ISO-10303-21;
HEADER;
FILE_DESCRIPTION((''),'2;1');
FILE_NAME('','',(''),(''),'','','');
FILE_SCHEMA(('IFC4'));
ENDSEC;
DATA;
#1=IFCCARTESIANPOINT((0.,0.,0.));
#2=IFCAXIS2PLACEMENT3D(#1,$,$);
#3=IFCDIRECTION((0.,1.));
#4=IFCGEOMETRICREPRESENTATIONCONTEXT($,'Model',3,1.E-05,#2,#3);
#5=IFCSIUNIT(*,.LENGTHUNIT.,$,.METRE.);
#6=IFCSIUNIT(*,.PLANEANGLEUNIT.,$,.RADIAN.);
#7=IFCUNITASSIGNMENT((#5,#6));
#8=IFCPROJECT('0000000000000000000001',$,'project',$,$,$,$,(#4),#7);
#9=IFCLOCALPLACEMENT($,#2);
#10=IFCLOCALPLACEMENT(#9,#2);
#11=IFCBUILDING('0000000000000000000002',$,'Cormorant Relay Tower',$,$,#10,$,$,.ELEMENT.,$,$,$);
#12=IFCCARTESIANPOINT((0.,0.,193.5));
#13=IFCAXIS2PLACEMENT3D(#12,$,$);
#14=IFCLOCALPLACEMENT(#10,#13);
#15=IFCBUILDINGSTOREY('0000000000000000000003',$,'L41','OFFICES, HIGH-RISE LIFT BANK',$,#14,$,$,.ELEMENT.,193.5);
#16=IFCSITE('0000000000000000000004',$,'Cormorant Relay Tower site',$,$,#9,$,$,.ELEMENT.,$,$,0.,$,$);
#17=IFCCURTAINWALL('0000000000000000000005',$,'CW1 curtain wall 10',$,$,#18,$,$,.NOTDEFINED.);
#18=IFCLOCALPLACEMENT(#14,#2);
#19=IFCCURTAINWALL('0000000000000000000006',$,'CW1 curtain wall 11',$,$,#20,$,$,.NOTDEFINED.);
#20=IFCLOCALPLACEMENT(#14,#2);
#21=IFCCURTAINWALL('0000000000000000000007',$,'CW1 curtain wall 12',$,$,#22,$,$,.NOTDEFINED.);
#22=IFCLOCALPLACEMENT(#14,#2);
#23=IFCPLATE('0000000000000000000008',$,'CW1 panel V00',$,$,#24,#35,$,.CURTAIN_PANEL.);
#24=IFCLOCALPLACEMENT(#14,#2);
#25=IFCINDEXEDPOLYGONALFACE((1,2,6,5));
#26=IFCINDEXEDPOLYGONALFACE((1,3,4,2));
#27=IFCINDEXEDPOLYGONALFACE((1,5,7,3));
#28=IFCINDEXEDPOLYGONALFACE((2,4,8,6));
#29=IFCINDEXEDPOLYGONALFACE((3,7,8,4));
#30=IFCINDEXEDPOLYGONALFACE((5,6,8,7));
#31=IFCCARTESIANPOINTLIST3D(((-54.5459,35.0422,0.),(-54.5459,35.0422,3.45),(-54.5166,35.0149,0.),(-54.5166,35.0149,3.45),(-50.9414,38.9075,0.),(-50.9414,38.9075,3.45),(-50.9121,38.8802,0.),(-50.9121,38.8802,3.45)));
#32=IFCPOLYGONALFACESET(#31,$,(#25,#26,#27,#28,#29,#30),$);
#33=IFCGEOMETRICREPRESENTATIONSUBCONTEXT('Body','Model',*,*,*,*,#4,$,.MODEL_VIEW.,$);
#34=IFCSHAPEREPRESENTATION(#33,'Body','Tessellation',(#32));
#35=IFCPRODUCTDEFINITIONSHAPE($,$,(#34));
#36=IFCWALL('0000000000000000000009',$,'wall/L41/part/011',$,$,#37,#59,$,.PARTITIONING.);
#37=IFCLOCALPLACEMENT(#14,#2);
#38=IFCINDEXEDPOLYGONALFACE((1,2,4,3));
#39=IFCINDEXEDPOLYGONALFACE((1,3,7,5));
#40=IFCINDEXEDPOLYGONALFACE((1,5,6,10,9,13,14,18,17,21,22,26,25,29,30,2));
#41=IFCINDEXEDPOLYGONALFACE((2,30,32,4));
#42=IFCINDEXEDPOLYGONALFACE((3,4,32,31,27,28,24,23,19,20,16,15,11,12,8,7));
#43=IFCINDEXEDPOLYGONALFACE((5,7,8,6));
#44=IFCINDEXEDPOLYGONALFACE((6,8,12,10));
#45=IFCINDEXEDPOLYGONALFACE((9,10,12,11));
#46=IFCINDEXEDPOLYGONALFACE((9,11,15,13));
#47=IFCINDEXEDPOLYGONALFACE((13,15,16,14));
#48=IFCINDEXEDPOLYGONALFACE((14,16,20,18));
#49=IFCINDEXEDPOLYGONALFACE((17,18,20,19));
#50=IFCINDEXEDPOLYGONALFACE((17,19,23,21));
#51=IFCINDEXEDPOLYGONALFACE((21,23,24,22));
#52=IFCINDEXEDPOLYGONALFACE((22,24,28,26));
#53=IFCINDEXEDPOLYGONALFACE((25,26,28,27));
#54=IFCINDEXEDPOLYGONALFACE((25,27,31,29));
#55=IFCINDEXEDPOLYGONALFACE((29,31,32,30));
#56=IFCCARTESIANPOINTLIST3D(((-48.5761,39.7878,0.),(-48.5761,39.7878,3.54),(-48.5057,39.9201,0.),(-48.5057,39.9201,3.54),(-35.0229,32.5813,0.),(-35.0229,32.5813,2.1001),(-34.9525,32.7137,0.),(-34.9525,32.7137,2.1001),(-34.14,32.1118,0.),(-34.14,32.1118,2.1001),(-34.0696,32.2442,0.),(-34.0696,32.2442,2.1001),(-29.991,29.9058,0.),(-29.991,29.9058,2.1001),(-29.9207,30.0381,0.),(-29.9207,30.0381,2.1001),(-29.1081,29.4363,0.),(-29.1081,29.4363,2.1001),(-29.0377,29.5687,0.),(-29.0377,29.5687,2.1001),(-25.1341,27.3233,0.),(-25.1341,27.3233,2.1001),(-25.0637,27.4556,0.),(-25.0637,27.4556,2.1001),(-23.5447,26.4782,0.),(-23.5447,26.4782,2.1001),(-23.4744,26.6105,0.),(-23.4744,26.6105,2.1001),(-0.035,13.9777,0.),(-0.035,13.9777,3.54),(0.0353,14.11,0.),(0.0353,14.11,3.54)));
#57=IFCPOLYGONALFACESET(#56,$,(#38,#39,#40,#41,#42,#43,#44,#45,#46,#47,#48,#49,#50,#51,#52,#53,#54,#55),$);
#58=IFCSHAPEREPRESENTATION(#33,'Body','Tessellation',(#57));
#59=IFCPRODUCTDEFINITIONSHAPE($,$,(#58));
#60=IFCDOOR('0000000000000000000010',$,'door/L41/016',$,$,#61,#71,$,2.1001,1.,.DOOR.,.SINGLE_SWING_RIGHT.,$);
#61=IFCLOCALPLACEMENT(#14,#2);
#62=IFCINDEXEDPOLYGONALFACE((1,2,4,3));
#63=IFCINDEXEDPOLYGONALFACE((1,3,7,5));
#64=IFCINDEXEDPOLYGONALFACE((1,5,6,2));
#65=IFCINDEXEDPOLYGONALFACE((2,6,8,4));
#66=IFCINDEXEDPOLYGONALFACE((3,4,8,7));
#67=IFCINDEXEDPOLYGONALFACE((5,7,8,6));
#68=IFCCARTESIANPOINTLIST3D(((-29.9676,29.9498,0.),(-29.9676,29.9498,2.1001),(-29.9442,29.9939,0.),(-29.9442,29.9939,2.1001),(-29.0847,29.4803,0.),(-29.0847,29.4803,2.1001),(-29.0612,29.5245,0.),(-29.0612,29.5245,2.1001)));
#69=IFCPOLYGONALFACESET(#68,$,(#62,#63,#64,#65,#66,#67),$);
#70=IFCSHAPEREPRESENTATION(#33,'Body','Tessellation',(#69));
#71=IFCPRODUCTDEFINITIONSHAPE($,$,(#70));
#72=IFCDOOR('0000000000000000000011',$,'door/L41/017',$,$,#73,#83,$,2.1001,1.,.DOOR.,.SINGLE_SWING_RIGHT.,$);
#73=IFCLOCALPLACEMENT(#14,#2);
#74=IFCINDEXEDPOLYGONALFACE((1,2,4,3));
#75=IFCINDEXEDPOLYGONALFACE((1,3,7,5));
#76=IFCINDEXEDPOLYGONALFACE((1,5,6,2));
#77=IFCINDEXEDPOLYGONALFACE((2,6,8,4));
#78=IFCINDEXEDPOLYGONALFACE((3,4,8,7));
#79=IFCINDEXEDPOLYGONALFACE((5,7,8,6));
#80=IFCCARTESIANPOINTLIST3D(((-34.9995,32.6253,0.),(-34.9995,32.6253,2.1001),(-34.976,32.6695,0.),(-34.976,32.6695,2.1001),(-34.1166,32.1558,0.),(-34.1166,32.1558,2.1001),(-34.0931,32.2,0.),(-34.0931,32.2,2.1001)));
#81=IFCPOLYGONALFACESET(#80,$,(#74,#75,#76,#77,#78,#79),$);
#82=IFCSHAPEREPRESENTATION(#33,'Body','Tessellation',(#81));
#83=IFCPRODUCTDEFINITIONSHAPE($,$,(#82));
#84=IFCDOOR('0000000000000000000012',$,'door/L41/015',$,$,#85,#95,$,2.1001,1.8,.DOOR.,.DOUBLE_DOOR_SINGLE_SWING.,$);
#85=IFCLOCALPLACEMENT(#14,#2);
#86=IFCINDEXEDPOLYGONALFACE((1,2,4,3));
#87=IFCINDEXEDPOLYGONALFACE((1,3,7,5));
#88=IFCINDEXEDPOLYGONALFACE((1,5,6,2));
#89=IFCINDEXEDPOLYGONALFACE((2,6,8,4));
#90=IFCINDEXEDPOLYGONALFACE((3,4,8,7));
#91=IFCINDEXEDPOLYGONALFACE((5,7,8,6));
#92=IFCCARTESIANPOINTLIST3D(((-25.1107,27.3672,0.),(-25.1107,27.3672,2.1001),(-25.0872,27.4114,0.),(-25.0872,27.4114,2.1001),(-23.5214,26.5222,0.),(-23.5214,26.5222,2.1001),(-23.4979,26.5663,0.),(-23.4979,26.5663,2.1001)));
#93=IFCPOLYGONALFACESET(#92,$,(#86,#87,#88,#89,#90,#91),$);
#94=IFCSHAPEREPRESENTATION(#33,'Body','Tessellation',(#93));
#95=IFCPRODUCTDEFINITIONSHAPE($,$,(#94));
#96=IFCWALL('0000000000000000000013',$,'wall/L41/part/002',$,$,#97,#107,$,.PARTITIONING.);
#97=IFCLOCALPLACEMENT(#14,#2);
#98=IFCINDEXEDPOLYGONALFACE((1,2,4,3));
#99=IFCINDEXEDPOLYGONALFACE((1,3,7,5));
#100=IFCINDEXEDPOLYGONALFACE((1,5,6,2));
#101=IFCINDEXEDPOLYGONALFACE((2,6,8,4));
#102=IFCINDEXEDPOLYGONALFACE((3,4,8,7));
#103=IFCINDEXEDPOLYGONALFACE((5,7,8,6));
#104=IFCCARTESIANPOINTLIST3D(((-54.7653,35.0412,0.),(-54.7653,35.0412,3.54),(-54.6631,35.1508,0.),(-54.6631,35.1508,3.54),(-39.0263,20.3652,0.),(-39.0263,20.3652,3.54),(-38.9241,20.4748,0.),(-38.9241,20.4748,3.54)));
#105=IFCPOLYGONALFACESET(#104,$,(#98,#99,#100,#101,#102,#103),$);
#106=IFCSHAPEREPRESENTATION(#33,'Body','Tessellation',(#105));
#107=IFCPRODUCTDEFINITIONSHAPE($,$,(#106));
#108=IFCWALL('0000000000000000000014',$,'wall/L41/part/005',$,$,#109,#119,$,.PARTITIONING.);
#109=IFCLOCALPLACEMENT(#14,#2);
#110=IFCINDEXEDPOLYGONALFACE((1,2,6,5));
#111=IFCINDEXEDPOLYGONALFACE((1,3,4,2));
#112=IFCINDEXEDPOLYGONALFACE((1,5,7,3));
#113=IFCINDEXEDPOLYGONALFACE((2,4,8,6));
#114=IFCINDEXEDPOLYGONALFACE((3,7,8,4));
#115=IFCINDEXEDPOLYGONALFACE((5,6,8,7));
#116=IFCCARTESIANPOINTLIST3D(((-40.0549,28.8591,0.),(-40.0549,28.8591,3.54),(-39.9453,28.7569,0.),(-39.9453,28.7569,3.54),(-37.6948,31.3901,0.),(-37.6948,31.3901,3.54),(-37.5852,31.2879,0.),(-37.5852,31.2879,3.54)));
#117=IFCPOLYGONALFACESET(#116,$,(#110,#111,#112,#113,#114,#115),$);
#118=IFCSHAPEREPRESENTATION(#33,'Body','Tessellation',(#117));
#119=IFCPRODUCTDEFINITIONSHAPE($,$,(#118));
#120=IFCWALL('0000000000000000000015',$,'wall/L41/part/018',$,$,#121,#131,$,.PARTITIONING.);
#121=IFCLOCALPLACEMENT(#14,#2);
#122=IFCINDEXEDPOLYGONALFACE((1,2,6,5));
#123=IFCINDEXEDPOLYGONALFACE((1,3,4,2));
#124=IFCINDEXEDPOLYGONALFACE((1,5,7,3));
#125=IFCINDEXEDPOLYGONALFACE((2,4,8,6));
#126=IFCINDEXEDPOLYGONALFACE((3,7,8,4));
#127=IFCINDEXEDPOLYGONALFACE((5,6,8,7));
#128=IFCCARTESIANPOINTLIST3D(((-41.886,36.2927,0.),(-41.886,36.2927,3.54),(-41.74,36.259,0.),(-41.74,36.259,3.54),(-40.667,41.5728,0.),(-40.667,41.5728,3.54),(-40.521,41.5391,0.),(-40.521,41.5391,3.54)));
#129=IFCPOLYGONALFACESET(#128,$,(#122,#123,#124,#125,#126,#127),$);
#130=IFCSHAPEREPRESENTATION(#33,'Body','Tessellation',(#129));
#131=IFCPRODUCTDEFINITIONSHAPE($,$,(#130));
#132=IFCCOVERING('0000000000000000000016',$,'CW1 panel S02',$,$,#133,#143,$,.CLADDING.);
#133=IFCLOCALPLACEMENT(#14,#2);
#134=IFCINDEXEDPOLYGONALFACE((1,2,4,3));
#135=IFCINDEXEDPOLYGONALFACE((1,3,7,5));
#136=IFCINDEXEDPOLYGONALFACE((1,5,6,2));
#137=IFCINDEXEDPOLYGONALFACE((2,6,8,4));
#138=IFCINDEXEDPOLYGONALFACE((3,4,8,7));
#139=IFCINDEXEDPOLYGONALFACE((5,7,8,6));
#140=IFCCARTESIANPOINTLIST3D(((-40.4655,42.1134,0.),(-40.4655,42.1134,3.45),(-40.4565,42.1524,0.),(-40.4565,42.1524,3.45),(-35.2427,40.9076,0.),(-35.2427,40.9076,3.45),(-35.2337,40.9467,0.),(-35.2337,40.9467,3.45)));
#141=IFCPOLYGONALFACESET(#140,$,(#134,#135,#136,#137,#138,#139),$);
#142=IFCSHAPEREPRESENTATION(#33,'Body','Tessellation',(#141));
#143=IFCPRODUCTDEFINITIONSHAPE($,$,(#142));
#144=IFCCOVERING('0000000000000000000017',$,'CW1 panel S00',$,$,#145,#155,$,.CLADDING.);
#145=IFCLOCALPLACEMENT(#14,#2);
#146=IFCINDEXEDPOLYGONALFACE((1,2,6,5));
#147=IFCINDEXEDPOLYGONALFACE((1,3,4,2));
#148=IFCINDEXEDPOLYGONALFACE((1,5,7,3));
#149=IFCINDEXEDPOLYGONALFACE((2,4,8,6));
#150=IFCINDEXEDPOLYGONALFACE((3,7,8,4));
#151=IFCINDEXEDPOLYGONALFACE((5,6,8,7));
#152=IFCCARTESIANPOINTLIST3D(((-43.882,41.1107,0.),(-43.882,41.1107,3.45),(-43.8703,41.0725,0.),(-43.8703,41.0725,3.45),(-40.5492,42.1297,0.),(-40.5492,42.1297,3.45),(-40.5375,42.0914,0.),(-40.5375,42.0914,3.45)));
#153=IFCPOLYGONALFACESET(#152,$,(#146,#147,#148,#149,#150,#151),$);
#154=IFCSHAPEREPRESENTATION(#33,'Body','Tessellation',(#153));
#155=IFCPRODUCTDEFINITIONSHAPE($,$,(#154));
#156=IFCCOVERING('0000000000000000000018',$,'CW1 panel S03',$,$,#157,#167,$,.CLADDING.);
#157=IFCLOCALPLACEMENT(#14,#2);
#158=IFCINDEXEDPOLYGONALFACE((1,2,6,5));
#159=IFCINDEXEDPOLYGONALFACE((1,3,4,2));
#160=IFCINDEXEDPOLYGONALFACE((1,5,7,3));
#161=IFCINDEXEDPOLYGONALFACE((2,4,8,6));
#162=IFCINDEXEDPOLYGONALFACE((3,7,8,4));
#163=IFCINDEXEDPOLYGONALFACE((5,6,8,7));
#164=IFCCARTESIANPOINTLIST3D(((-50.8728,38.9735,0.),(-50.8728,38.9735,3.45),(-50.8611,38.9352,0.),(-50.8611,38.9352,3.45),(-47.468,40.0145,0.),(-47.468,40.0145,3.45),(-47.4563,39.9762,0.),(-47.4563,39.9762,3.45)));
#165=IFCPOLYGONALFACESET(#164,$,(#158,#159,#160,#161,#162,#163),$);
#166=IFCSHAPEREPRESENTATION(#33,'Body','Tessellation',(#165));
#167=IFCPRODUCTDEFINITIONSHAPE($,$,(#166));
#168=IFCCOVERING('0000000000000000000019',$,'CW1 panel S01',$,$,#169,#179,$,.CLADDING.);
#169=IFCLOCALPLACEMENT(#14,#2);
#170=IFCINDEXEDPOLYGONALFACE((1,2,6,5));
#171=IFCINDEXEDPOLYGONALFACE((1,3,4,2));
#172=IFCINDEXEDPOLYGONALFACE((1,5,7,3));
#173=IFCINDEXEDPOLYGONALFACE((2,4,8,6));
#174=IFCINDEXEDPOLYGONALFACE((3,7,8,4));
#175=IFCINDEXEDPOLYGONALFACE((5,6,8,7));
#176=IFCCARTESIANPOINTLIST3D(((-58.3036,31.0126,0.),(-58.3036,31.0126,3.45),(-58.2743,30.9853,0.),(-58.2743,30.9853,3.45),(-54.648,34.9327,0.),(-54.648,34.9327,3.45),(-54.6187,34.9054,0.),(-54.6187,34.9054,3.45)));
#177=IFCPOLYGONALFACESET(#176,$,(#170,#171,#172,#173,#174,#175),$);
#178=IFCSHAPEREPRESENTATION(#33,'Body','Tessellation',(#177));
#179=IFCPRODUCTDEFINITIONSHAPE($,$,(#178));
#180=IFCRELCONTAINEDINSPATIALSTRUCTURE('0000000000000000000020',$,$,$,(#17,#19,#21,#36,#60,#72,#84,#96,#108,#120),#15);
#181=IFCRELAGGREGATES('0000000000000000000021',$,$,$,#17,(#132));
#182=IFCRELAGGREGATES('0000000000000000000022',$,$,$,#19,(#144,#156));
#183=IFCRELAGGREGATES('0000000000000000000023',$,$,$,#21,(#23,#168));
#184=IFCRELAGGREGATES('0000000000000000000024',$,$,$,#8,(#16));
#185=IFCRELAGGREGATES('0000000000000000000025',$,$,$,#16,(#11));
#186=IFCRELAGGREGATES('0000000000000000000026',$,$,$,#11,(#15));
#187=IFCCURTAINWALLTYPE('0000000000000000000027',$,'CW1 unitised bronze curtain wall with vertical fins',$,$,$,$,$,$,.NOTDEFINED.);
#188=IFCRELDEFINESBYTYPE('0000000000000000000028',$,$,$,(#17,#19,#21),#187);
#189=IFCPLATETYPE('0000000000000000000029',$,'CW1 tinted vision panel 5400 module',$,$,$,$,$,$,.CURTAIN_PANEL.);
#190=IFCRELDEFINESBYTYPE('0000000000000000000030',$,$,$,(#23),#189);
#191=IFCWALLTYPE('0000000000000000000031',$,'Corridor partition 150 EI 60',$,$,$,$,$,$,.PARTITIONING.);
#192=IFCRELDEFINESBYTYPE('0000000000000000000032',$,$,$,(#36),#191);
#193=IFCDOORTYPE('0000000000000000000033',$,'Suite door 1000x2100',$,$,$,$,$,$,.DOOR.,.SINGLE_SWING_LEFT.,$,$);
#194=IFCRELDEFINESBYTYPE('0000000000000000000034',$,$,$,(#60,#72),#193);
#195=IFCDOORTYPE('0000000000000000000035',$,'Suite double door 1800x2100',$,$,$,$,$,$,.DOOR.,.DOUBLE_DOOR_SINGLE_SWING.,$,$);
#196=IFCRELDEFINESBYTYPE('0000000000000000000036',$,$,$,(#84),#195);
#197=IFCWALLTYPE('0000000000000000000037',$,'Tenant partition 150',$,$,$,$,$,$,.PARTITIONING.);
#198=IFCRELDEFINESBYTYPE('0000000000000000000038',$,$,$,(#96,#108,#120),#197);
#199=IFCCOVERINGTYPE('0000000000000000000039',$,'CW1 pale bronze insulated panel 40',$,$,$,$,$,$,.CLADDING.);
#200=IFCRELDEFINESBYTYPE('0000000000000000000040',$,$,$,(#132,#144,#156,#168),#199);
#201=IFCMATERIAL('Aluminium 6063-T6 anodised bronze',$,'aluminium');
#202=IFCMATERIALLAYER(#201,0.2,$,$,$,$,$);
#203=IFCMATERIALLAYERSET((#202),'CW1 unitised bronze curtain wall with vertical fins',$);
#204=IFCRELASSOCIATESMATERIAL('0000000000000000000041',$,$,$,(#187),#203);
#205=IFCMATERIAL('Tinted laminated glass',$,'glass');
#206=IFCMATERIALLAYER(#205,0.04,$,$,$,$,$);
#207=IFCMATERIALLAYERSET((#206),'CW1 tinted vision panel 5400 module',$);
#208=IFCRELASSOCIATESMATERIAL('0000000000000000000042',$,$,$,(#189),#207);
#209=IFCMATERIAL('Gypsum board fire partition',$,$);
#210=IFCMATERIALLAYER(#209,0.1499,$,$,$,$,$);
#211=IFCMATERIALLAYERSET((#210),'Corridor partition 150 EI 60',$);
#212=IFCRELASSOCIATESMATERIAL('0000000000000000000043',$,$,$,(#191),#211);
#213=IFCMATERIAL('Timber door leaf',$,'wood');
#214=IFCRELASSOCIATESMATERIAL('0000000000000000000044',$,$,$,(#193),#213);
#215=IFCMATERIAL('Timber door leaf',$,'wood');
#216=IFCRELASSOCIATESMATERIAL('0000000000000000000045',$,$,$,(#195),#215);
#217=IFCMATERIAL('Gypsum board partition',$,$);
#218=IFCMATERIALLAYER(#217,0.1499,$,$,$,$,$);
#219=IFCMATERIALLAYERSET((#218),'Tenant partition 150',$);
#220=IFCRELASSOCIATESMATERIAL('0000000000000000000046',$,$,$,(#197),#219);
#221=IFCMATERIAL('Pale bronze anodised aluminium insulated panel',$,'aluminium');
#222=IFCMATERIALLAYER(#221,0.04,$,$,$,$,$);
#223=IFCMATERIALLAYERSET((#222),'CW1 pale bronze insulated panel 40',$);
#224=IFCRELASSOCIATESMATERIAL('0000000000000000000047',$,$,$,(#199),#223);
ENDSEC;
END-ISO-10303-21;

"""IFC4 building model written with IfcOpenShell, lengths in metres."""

from ifc_helpers import new_model, si_unit, direction, frame, frame_2d, origin, origin_2d, place, context, subcontext, project, spatial, rectangle, extrude, material, layer, layer_set, type_object, element, fill, aggregate, save


model = new_model("IFC4")

# Units and contexts
model_context = context("Model", 3, precision=1e-05, world=origin(), true_north=direction((0.0, 1.0)))
body_context = subcontext(model_context, "Body", "Model", "MODEL_VIEW")
ifc_project = project(units=[si_unit("LENGTHUNIT", "METRE"), si_unit("PLANEANGLEUNIT", "RADIAN")], contexts=[model_context])

# Site, building, storey
site_placement = place(None, origin())
site = spatial("IfcSite", under=ifc_project, at=site_placement, Name="Cormorant Relay Tower site", CompositionType="ELEMENT", RefElevation=0.0)
building_placement = place(site_placement, origin())
building = spatial("IfcBuilding", under=site, at=building_placement, Name="Cormorant Relay Tower", CompositionType="ELEMENT")
storey_placement = place(building_placement, frame((0.0, 0.0, 193.5)))
storey = spatial("IfcBuildingStorey", under=building, at=storey_placement, Name="L41", Description="OFFICES, HIGH-RISE LIFT BANK", CompositionType="ELEMENT", Elevation=193.5)

# Curtain wall
ifc_material_1 = material(Name="Aluminium 6063-T6 anodised bronze", Category="aluminium")
ifc_layer_1 = layer(ifc_material_1, 0.2)
ifc_layer_set_1 = layer_set([ifc_layer_1], Name="CW1 unitised bronze curtain wall with vertical fins")
curtain_wall_type = type_object("IfcCurtainWallType", Name="CW1 unitised bronze curtain wall with vertical fins", PredefinedType="NOTDEFINED", material=ifc_layer_set_1)
curtain_wall_1_placement = place(storey_placement, origin())
curtain_wall_1 = element("IfcCurtainWall", 1, at=curtain_wall_1_placement, inside=storey, type_object=curtain_wall_type, Name="CW1 curtain wall 10", PredefinedType="NOTDEFINED")

# Curtain walls
curtain_wall_2_placement = place(storey_placement, origin())
curtain_wall_2 = element("IfcCurtainWall", 2, at=curtain_wall_2_placement, inside=storey, type_object=curtain_wall_type, Name="CW1 curtain wall 11", PredefinedType="NOTDEFINED")
curtain_wall_3_placement = place(storey_placement, origin())
curtain_wall_3 = element("IfcCurtainWall", 3, at=curtain_wall_3_placement, inside=storey, type_object=curtain_wall_type, Name="CW1 curtain wall 12", PredefinedType="NOTDEFINED")

# Plate
ifc_material_2 = material(Name="Tinted laminated glass", Category="glass")
ifc_layer_2 = layer(ifc_material_2, 0.04)
ifc_layer_set_2 = layer_set([ifc_layer_2], Name="CW1 tinted vision panel 5400 module")
plate_type_1 = type_object("IfcPlateType", Name="CW1 tinted vision panel 5400 module", PredefinedType="CURTAIN_PANEL", material=ifc_layer_set_2)
plate_1_placement = place(storey_placement, frame((-52.729, 36.9612, 0.0), z_axis=(0.0, 0.0, 1.0), x_axis=(-0.681998, -0.731354, 0.0)))
plate_1 = element("IfcPlate", 4, at=plate_1_placement, type_object=plate_type_1, Name="CW1 panel V00", PredefinedType="CURTAIN_PANEL", context=body_context, shape_type="SweptSolid", body=[
    extrude(rectangle(XDim=5.2852, YDim=0.04, at=origin_2d()), origin(), (0.0, 0.0, 1.0), 3.45),
])

# Wall, openings, doors
ifc_material_3 = material(Name="Gypsum board fire partition")
ifc_layer_3 = layer(ifc_material_3, 0.1499)
ifc_layer_set_3 = layer_set([ifc_layer_3], Name="Corridor partition 150 EI 60")
wall_type_1 = type_object("IfcWallType", Name="Corridor partition 150 EI 60", PredefinedType="PARTITIONING", material=ifc_layer_set_3)
wall_1_placement = place(storey_placement, frame((-48.541, 39.854, 0.0), z_axis=(0.0, 0.0, 1.0), x_axis=(0.882945, -0.469476, 0.0)))
wall_1 = element("IfcWall", 5, at=wall_1_placement, inside=storey, type_object=wall_type_1, Name="wall/L41/part/011", PredefinedType="PARTITIONING", context=body_context, shape_type="SweptSolid", body=[
    extrude(rectangle(XDim=54.9763, YDim=0.1499, at=frame_2d((27.4883, 0.0))), origin(), (0.0, 0.0, 1.0), 3.54),
])
opening_1_placement = place(wall_1_placement, frame((26.55, 0.0, 0.0)))
opening_1 = element("IfcOpeningElement", 6, at=opening_1_placement, cuts=wall_1, PredefinedType="OPENING", context=body_context, shape_type="SweptSolid", body=[
    extrude(rectangle(XDim=1.8, YDim=2.1001, at=frame_2d((0.8999, 1.05))), frame((0.0, 0.085, 0.0), z_axis=(0.0, -1.0, 0.0), x_axis=(1.0, 0.0, 0.0)), (0.0, 0.0, 1.0), 0.1699),
])
opening_2_placement = place(wall_1_placement, frame((21.0491, 0.0, 0.0)))
opening_2 = element("IfcOpeningElement", 7, at=opening_2_placement, cuts=wall_1, PredefinedType="OPENING", context=body_context, shape_type="SweptSolid", body=[
    extrude(rectangle(XDim=1.0, YDim=2.1001, at=frame_2d((0.5, 1.05))), frame((0.0, 0.085, 0.0), z_axis=(0.0, -1.0, 0.0), x_axis=(1.0, 0.0, 0.0)), (0.0, 0.0, 1.0), 0.1699),
])
opening_3_placement = place(wall_1_placement, frame((15.3501, 0.0, 0.0)))
opening_3 = element("IfcOpeningElement", 8, at=opening_3_placement, cuts=wall_1, PredefinedType="OPENING", context=body_context, shape_type="SweptSolid", body=[
    extrude(rectangle(XDim=1.0, YDim=2.1001, at=frame_2d((0.5, 1.05))), frame((0.0, 0.085, 0.0), z_axis=(0.0, -1.0, 0.0), x_axis=(1.0, 0.0, 0.0)), (0.0, 0.0, 1.0), 0.1699),
])
ifc_material_4 = material(Name="Timber door leaf", Category="wood")
door_type_1 = type_object("IfcDoorType", Name="Suite door 1000x2100", OperationType="SINGLE_SWING_LEFT", PredefinedType="DOOR", material=ifc_material_4)
door_1_placement = place(opening_2_placement, origin())
door_1 = element("IfcDoor", 9, at=door_1_placement, inside=storey, type_object=door_type_1, Name="door/L41/016", OperationType="SINGLE_SWING_RIGHT", OverallHeight=2.1001, OverallWidth=1.0, PredefinedType="DOOR", context=body_context, shape_type="SweptSolid", body=[
    extrude(rectangle(XDim=1.0, YDim=2.1001, at=frame_2d((0.5, 1.05))), frame((0.0, 0.0249, 0.0), z_axis=(0.0, -1.0, 0.0), x_axis=(1.0, 0.0, 0.0)), (0.0, 0.0, 1.0), 0.05),
])
fill(opening_2, door_1)
door_2_placement = place(opening_3_placement, origin())
door_2 = element("IfcDoor", 10, at=door_2_placement, inside=storey, type_object=door_type_1, Name="door/L41/017", OperationType="SINGLE_SWING_RIGHT", OverallHeight=2.1001, OverallWidth=1.0, PredefinedType="DOOR", context=body_context, shape_type="SweptSolid", body=[
    extrude(rectangle(XDim=1.0, YDim=2.1001, at=frame_2d((0.5, 1.05))), frame((0.0, 0.0249, 0.0), z_axis=(0.0, -1.0, 0.0), x_axis=(1.0, 0.0, 0.0)), (0.0, 0.0, 1.0), 0.05),
])
fill(opening_3, door_2)
ifc_material_5 = material(Name="Timber door leaf", Category="wood")
door_type_2 = type_object("IfcDoorType", Name="Suite double door 1800x2100", OperationType="DOUBLE_DOOR_SINGLE_SWING", PredefinedType="DOOR", material=ifc_material_5)
door_3_placement = place(opening_1_placement, origin())
door_3 = element("IfcDoor", 11, at=door_3_placement, inside=storey, type_object=door_type_2, Name="door/L41/015", OperationType="DOUBLE_DOOR_SINGLE_SWING", OverallHeight=2.1001, OverallWidth=1.8, PredefinedType="DOOR", context=body_context, shape_type="SweptSolid", body=[
    extrude(rectangle(XDim=1.8, YDim=2.1001, at=frame_2d((0.8999, 1.05))), frame((0.0, 0.0249, 0.0), z_axis=(0.0, -1.0, 0.0), x_axis=(1.0, 0.0, 0.0)), (0.0, 0.0, 1.0), 0.05),
])
fill(opening_1, door_3)

# Walls
ifc_material_6 = material(Name="Gypsum board partition")
ifc_layer_4 = layer(ifc_material_6, 0.1499)
ifc_layer_set_4 = layer_set([ifc_layer_4], Name="Tenant partition 150")
wall_type_2 = type_object("IfcWallType", Name="Tenant partition 150", PredefinedType="PARTITIONING", material=ifc_layer_set_4)
wall_2_placement = place(storey_placement, frame((-54.7141, 35.0959, 0.0), z_axis=(0.0, 0.0, 1.0), x_axis=(0.731373, -0.681977, 0.0)))
element("IfcWall", 12, at=wall_2_placement, inside=storey, type_object=wall_type_2, Name="wall/L41/part/002", PredefinedType="PARTITIONING", context=body_context, shape_type="SweptSolid", body=[
    extrude(rectangle(XDim=21.5198, YDim=0.1499, at=frame_2d((10.7598, 0.0))), origin(), (0.0, 0.0, 1.0), 3.54),
])
wall_3_placement = place(storey_placement, frame((-37.6399, 31.3391, 0.0), z_axis=(0.0, 0.0, 1.0), x_axis=(-0.681984, -0.731367, 0.0)))
element("IfcWall", 13, at=wall_3_placement, inside=storey, type_object=wall_type_2, Name="wall/L41/part/005", PredefinedType="PARTITIONING", context=body_context, shape_type="SweptSolid", body=[
    extrude(rectangle(XDim=3.4607, YDim=0.1499, at=frame_2d((1.7305, 0.0))), origin(), (0.0, 0.0, 1.0), 3.54),
])
wall_4_placement = place(storey_placement, frame((-41.813, 36.2759, 0.0), z_axis=(0.0, 0.0, 1.0), x_axis=(0.224952, 0.97437, 0.0)))
element("IfcWall", 14, at=wall_4_placement, inside=storey, type_object=wall_type_2, Name="wall/L41/part/018", PredefinedType="PARTITIONING", context=body_context, shape_type="SweptSolid", body=[
    extrude(rectangle(XDim=5.4189, YDim=0.1499, at=frame_2d((2.7095, 0.0))), origin(), (0.0, 0.0, 1.0), 3.54),
])

# Coverings
ifc_material_7 = material(Name="Pale bronze anodised aluminium insulated panel", Category="aluminium")
ifc_layer_5 = layer(ifc_material_7, 0.04)
ifc_layer_set_5 = layer_set([ifc_layer_5], Name="CW1 pale bronze insulated panel 40")
covering_type = type_object("IfcCoveringType", Name="CW1 pale bronze insulated panel 40", PredefinedType="CLADDING", material=ifc_layer_set_5)
covering_1_placement = place(storey_placement, frame((-37.8496, 41.53, 0.0), z_axis=(0.0, 0.0, 1.0), x_axis=(-0.97437, 0.224951, 0.0)))
covering_1 = element("IfcCovering", 15, at=covering_1_placement, type_object=covering_type, Name="CW1 panel S02", PredefinedType="CLADDING", context=body_context, shape_type="SweptSolid", body=[
    extrude(rectangle(XDim=5.3601, YDim=0.04, at=origin_2d()), origin(), (0.0, 0.0, 1.0), 3.45),
])
aggregate(curtain_wall_1, [covering_1])
covering_2_placement = place(storey_placement, frame((-42.2097, 41.6011, 0.0), z_axis=(0.0, 0.0, 1.0), x_axis=(-0.956305, -0.292372, 0.0)))
covering_2 = element("IfcCovering", 16, at=covering_2_placement, type_object=covering_type, Name="CW1 panel S00", PredefinedType="CLADDING", context=body_context, shape_type="SweptSolid", body=[
    extrude(rectangle(XDim=3.4851, YDim=0.04, at=origin_2d()), origin(), (0.0, 0.0, 1.0), 3.45),
])
covering_3_placement = place(storey_placement, frame((-49.1646, 39.4749, 0.0), z_axis=(0.0, 0.0, 1.0), x_axis=(-0.956305, -0.292372, 0.0)))
covering_3 = element("IfcCovering", 17, at=covering_3_placement, type_object=covering_type, Name="CW1 panel S03", PredefinedType="CLADDING", context=body_context, shape_type="SweptSolid", body=[
    extrude(rectangle(XDim=3.5603, YDim=0.04, at=origin_2d()), origin(), (0.0, 0.0, 1.0), 3.45),
])
aggregate(curtain_wall_2, [covering_2, covering_3])
covering_4_placement = place(storey_placement, frame((-56.4612, 32.959, 0.0), z_axis=(0.0, 0.0, 1.0), x_axis=(-0.681998, -0.731354, 0.0)))
covering_4 = element("IfcCovering", 18, at=covering_4_placement, type_object=covering_type, Name="CW1 panel S01", PredefinedType="CLADDING", context=body_context, shape_type="SweptSolid", body=[
    extrude(rectangle(XDim=5.3601, YDim=0.04, at=origin_2d()), origin(), (0.0, 0.0, 1.0), 3.45),
])
aggregate(curtain_wall_3, [plate_1, covering_4])

save(model, "model.ifc")
